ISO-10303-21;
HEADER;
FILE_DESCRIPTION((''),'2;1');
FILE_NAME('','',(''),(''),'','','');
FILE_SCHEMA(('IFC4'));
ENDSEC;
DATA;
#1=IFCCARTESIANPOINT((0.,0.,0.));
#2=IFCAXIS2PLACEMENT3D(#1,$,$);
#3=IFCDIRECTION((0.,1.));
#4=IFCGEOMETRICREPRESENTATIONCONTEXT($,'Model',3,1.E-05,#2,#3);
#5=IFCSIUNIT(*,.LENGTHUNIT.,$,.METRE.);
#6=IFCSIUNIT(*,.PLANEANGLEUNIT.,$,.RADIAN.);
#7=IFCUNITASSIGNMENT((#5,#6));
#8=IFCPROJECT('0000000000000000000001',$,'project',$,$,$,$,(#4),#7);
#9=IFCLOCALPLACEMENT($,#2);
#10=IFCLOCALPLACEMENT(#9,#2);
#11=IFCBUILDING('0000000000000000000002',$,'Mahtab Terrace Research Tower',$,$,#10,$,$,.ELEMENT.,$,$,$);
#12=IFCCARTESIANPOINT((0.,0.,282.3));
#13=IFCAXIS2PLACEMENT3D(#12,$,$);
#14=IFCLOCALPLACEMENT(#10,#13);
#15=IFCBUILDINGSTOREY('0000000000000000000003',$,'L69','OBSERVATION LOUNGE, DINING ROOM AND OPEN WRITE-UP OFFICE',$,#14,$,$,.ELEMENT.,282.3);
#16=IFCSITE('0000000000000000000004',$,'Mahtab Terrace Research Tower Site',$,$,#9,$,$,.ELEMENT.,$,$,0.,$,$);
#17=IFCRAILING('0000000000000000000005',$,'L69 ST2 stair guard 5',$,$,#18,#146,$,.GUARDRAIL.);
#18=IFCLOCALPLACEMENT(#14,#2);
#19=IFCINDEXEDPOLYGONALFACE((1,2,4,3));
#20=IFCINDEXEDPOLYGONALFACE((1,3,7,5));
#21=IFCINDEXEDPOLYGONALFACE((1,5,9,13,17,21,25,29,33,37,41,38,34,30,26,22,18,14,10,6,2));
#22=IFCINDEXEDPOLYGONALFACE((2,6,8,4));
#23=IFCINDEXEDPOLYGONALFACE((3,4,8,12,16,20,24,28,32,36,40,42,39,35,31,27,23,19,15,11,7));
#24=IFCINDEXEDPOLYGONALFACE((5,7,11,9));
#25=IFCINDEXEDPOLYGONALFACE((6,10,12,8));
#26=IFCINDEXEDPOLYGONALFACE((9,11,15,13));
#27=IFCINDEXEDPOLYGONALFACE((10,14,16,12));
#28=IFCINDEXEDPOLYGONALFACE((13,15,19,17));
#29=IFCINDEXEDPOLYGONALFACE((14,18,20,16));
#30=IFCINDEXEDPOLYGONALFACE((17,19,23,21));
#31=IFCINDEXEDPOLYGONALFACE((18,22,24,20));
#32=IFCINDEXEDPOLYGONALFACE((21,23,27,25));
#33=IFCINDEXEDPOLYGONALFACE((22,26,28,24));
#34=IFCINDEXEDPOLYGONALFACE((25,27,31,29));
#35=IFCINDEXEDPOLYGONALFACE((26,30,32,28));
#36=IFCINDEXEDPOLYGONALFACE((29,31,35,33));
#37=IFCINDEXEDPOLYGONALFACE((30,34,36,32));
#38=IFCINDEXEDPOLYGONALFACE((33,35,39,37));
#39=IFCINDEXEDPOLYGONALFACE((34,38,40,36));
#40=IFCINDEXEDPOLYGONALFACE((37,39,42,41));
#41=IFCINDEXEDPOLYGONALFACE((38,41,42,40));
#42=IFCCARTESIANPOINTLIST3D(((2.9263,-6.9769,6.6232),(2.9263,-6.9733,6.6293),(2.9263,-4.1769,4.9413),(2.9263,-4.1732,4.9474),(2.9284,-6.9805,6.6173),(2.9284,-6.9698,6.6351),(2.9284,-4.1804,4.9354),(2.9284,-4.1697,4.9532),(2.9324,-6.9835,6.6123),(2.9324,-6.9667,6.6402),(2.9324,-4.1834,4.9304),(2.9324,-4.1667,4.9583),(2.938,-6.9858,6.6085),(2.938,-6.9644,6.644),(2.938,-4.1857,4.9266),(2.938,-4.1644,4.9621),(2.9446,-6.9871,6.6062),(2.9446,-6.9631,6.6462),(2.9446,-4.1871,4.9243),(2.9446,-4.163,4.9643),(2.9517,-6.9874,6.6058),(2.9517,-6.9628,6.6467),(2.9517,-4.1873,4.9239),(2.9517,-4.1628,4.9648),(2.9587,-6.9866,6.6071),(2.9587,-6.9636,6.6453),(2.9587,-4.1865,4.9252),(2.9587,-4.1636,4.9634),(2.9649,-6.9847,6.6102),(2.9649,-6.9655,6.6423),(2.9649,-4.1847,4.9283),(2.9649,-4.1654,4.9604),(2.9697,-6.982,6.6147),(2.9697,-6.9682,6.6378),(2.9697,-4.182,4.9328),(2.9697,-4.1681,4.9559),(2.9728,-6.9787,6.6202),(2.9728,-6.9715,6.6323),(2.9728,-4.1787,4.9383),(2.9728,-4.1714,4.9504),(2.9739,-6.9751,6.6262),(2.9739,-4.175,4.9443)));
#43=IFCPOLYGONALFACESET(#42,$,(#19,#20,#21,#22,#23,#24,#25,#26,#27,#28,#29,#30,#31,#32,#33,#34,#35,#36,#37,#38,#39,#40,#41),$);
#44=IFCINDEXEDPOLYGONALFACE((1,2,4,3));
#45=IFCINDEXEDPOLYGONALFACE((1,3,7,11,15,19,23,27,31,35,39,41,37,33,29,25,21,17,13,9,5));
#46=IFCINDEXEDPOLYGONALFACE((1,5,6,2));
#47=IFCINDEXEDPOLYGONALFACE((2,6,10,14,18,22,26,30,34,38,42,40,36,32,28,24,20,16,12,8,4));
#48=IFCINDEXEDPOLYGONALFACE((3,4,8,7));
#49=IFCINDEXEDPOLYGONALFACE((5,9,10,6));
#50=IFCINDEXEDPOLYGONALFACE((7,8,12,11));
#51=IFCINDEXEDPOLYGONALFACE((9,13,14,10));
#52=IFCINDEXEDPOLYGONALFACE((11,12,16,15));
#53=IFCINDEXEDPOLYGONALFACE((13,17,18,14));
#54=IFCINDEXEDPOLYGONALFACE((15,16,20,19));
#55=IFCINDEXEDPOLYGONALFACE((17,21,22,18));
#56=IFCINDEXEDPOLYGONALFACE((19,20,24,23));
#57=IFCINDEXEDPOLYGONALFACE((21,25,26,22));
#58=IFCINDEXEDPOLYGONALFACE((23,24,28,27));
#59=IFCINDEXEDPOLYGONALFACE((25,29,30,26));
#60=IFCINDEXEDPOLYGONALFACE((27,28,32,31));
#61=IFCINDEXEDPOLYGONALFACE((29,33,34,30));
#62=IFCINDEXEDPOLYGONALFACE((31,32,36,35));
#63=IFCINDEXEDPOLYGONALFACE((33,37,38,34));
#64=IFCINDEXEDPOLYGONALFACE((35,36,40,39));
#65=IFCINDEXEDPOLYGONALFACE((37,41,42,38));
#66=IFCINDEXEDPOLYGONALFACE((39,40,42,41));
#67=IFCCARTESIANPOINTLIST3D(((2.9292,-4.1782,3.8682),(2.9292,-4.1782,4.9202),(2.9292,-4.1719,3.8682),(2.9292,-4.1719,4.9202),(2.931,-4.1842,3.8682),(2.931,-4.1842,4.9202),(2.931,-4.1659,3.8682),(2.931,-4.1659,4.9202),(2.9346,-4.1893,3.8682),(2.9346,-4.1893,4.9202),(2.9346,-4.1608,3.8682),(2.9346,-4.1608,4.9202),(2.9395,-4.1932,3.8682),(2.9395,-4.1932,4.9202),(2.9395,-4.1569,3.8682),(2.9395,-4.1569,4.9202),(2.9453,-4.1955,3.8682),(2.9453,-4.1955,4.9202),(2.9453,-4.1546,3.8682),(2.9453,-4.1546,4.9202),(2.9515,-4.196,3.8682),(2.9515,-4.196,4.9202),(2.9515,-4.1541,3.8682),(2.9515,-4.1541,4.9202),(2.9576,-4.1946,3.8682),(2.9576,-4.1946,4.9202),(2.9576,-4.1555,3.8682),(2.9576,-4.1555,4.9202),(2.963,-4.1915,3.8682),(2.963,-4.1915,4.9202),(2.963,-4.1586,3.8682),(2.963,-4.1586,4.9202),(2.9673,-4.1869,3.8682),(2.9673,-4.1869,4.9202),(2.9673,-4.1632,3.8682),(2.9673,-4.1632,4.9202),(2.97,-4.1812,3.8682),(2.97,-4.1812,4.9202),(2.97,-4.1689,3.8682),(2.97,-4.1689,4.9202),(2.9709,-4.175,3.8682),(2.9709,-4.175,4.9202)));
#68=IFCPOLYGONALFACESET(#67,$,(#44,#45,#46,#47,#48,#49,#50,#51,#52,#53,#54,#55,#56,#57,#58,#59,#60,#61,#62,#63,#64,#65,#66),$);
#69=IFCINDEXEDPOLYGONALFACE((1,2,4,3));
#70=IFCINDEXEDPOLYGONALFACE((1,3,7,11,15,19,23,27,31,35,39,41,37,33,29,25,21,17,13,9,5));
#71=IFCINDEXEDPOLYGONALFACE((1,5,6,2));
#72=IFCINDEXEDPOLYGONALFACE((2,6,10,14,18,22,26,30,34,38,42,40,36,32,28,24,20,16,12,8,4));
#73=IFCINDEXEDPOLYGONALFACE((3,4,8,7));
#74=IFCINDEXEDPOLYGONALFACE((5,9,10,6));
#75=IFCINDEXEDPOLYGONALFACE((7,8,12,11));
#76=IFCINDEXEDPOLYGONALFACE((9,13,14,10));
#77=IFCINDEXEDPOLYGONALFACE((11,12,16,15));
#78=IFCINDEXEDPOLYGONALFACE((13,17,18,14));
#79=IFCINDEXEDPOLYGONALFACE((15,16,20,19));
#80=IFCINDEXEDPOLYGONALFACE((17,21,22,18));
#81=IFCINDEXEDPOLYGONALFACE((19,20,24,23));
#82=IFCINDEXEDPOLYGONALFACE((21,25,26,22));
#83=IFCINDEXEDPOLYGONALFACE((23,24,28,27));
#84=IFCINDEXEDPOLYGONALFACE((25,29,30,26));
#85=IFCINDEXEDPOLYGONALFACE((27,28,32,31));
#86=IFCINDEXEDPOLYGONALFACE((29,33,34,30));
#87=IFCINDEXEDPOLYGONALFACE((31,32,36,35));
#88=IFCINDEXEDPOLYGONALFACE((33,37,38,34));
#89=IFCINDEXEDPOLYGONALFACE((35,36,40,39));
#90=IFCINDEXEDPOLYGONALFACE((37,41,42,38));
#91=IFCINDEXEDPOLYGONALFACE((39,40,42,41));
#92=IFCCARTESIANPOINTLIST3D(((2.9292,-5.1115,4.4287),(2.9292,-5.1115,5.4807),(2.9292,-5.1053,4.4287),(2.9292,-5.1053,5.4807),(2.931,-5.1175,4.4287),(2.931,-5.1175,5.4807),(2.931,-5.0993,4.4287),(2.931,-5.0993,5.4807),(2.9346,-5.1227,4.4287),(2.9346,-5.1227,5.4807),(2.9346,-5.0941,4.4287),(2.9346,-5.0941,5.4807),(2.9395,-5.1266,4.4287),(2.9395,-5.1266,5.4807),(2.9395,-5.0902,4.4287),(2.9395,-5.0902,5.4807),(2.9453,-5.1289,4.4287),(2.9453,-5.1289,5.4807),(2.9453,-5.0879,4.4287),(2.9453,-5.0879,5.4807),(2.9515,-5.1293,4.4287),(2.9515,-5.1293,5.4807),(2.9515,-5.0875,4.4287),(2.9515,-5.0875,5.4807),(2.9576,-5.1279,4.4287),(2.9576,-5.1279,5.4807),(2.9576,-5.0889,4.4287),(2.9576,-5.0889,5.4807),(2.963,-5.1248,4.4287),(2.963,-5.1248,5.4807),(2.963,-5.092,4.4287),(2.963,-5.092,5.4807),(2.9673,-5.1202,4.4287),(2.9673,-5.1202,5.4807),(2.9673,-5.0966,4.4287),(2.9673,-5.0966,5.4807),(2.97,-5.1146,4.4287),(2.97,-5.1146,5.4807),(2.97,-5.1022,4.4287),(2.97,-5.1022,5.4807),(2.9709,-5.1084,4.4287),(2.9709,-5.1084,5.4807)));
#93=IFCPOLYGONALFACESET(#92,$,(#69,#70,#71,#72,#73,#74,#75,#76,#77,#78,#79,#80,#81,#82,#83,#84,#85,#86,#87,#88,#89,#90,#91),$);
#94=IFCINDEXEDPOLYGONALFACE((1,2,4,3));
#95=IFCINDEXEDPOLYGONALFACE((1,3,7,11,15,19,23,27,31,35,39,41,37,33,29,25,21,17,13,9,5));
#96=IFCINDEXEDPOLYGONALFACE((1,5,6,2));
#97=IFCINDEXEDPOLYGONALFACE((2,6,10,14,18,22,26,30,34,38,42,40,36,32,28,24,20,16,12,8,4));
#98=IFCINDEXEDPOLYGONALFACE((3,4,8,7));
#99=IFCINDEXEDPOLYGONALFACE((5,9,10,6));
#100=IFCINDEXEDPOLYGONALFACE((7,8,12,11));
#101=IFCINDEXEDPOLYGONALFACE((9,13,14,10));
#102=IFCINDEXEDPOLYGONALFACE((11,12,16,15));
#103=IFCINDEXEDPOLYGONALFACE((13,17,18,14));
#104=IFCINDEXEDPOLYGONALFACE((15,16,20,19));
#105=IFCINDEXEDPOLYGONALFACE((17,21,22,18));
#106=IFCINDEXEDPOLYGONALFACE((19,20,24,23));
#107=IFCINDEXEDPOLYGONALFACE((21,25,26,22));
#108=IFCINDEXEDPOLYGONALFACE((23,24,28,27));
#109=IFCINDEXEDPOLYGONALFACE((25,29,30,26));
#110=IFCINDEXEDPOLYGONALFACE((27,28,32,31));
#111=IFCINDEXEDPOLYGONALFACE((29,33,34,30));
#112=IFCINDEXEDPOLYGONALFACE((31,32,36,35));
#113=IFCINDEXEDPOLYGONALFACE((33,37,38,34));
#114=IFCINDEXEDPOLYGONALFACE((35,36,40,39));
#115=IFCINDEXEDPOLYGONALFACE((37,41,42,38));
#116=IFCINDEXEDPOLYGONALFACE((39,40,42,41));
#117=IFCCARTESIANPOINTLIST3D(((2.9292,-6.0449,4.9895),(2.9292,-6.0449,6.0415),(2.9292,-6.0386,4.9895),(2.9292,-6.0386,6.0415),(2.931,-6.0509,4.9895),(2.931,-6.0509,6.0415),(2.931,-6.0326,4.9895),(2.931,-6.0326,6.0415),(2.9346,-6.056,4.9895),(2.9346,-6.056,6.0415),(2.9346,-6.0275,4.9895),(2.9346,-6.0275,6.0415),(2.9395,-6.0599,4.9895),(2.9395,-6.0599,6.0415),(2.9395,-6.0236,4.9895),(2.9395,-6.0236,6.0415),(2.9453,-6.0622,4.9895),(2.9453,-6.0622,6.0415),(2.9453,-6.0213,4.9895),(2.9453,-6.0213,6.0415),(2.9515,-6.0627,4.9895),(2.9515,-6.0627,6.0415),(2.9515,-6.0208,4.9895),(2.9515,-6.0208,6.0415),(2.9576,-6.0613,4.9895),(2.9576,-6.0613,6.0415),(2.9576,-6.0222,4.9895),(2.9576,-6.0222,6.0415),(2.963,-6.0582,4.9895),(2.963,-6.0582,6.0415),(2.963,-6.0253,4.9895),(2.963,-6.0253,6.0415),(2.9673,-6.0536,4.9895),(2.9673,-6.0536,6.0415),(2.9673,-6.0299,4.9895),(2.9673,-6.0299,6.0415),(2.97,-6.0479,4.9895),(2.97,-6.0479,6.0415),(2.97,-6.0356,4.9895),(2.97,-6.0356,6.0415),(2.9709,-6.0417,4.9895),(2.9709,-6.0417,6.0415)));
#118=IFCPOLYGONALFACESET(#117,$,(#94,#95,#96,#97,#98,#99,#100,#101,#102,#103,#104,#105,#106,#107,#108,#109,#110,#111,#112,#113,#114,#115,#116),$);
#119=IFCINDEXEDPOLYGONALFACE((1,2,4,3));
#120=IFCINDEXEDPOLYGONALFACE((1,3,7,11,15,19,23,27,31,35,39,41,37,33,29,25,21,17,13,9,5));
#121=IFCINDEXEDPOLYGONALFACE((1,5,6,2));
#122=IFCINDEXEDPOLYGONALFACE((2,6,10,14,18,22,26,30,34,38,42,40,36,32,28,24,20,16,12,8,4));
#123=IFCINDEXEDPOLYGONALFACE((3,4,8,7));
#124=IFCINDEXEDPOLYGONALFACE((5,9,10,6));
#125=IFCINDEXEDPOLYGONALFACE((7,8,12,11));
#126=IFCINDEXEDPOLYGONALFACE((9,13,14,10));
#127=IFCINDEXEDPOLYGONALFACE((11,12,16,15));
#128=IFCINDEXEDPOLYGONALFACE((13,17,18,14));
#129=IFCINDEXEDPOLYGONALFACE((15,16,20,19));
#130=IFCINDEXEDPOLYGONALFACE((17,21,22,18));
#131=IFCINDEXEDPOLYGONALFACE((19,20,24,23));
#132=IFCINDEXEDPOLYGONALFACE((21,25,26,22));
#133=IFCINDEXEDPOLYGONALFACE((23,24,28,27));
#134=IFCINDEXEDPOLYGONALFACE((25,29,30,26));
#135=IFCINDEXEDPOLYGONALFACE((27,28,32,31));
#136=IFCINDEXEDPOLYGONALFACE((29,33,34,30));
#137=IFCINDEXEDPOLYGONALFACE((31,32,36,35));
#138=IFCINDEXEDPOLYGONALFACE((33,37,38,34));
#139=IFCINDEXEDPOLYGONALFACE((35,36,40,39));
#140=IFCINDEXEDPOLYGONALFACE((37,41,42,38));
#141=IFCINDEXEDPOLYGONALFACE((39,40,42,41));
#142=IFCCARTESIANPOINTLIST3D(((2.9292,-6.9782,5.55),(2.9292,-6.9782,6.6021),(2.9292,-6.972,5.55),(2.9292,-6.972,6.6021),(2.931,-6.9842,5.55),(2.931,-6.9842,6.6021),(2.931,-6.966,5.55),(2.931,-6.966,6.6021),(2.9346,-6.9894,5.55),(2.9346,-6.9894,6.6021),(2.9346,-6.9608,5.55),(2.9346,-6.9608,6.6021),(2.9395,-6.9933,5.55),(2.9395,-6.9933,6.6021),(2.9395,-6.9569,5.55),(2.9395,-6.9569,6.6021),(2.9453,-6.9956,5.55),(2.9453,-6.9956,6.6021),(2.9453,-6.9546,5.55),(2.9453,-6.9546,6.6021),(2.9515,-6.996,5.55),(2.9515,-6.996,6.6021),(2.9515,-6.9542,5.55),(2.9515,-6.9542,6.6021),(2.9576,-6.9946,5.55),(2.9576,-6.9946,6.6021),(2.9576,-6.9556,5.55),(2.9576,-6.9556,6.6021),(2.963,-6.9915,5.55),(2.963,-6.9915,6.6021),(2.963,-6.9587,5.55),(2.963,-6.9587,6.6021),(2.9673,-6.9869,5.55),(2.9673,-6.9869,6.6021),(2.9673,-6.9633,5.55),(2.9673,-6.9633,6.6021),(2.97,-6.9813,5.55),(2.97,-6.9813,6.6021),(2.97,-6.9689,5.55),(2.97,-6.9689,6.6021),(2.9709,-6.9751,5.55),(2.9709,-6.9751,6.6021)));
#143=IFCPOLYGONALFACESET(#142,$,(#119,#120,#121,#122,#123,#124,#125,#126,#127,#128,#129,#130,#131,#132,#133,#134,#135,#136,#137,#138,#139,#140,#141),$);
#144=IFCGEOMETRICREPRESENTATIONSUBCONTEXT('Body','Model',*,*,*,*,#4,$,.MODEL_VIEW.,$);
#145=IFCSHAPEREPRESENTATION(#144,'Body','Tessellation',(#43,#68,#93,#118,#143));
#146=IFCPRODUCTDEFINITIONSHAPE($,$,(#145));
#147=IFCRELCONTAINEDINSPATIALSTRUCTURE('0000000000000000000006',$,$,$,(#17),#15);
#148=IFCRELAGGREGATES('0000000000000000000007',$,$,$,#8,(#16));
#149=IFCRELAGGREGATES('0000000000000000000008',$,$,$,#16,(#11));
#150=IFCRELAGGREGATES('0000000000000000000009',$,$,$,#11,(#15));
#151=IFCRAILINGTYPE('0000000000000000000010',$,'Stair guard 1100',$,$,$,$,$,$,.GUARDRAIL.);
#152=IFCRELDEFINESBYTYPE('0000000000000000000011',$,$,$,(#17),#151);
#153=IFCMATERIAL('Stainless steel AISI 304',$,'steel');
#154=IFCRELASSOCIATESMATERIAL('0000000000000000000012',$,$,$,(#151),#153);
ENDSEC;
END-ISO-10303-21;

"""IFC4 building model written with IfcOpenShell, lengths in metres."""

from ifc_helpers import new_model, si_unit, direction, frame, origin, origin_2d, place, context, subcontext, project, spatial, circle, extrude, material, type_object, element, save


model = new_model("IFC4")

# Units and contexts
model_context = context("Model", 3, precision=1e-05, world=origin(), true_north=direction((0.0, 1.0)))
body_context = subcontext(model_context, "Body", "Model", "MODEL_VIEW")
ifc_project = project(units=[si_unit("LENGTHUNIT", "METRE"), si_unit("PLANEANGLEUNIT", "RADIAN")], contexts=[model_context])

# Site, building, storey
site_placement = place(None, origin())
site = spatial("IfcSite", under=ifc_project, at=site_placement, Name="Mahtab Terrace Research Tower Site", CompositionType="ELEMENT", RefElevation=0.0)
building_placement = place(site_placement, origin())
building = spatial("IfcBuilding", under=site, at=building_placement, Name="Mahtab Terrace Research Tower", CompositionType="ELEMENT")
storey_placement = place(building_placement, frame((0.0, 0.0, 282.3)))
storey = spatial("IfcBuildingStorey", under=building, at=storey_placement, Name="L69", Description="OBSERVATION LOUNGE, DINING ROOM AND OPEN WRITE-UP OFFICE", CompositionType="ELEMENT", Elevation=282.3)

# Railing
ifc_material_1 = material(Name="Stainless steel AISI 304", Category="steel")
railing_type = type_object("IfcRailingType", Name="Stair guard 1100", PredefinedType="GUARDRAIL", material=ifc_material_1)
railing_1_placement = place(storey_placement, frame((2.95, -4.175, 3.8682)))
element("IfcRailing", 1, at=railing_1_placement, inside=storey, type_object=railing_type, Name="L69 ST2 stair guard 5", PredefinedType="GUARDRAIL", context=body_context, shape_type="SweptSolid", body=[
    extrude(circle(Radius=0.0239, at=origin_2d()), frame((0.0, 0.0, 1.0762), z_axis=(0.0, -0.857242, 0.514913), x_axis=(1.0, 0.0, 0.0)), (0.0, 0.0, 1.0), 3.2664),
    extrude(circle(Radius=0.021, at=origin_2d()), origin(), (0.0, 0.0, 1.0), 1.052),
    extrude(circle(Radius=0.021, at=origin_2d()), frame((0.0, -0.9333, 0.5605)), (0.0, 0.0, 1.0), 1.052),
    extrude(circle(Radius=0.021, at=origin_2d()), frame((0.0, -1.8667, 1.1213)), (0.0, 0.0, 1.0), 1.052),
    extrude(circle(Radius=0.021, at=origin_2d()), frame((0.0, -2.8, 1.6819)), (0.0, 0.0, 1.0), 1.052),
])

save(model, "model.ifc")
